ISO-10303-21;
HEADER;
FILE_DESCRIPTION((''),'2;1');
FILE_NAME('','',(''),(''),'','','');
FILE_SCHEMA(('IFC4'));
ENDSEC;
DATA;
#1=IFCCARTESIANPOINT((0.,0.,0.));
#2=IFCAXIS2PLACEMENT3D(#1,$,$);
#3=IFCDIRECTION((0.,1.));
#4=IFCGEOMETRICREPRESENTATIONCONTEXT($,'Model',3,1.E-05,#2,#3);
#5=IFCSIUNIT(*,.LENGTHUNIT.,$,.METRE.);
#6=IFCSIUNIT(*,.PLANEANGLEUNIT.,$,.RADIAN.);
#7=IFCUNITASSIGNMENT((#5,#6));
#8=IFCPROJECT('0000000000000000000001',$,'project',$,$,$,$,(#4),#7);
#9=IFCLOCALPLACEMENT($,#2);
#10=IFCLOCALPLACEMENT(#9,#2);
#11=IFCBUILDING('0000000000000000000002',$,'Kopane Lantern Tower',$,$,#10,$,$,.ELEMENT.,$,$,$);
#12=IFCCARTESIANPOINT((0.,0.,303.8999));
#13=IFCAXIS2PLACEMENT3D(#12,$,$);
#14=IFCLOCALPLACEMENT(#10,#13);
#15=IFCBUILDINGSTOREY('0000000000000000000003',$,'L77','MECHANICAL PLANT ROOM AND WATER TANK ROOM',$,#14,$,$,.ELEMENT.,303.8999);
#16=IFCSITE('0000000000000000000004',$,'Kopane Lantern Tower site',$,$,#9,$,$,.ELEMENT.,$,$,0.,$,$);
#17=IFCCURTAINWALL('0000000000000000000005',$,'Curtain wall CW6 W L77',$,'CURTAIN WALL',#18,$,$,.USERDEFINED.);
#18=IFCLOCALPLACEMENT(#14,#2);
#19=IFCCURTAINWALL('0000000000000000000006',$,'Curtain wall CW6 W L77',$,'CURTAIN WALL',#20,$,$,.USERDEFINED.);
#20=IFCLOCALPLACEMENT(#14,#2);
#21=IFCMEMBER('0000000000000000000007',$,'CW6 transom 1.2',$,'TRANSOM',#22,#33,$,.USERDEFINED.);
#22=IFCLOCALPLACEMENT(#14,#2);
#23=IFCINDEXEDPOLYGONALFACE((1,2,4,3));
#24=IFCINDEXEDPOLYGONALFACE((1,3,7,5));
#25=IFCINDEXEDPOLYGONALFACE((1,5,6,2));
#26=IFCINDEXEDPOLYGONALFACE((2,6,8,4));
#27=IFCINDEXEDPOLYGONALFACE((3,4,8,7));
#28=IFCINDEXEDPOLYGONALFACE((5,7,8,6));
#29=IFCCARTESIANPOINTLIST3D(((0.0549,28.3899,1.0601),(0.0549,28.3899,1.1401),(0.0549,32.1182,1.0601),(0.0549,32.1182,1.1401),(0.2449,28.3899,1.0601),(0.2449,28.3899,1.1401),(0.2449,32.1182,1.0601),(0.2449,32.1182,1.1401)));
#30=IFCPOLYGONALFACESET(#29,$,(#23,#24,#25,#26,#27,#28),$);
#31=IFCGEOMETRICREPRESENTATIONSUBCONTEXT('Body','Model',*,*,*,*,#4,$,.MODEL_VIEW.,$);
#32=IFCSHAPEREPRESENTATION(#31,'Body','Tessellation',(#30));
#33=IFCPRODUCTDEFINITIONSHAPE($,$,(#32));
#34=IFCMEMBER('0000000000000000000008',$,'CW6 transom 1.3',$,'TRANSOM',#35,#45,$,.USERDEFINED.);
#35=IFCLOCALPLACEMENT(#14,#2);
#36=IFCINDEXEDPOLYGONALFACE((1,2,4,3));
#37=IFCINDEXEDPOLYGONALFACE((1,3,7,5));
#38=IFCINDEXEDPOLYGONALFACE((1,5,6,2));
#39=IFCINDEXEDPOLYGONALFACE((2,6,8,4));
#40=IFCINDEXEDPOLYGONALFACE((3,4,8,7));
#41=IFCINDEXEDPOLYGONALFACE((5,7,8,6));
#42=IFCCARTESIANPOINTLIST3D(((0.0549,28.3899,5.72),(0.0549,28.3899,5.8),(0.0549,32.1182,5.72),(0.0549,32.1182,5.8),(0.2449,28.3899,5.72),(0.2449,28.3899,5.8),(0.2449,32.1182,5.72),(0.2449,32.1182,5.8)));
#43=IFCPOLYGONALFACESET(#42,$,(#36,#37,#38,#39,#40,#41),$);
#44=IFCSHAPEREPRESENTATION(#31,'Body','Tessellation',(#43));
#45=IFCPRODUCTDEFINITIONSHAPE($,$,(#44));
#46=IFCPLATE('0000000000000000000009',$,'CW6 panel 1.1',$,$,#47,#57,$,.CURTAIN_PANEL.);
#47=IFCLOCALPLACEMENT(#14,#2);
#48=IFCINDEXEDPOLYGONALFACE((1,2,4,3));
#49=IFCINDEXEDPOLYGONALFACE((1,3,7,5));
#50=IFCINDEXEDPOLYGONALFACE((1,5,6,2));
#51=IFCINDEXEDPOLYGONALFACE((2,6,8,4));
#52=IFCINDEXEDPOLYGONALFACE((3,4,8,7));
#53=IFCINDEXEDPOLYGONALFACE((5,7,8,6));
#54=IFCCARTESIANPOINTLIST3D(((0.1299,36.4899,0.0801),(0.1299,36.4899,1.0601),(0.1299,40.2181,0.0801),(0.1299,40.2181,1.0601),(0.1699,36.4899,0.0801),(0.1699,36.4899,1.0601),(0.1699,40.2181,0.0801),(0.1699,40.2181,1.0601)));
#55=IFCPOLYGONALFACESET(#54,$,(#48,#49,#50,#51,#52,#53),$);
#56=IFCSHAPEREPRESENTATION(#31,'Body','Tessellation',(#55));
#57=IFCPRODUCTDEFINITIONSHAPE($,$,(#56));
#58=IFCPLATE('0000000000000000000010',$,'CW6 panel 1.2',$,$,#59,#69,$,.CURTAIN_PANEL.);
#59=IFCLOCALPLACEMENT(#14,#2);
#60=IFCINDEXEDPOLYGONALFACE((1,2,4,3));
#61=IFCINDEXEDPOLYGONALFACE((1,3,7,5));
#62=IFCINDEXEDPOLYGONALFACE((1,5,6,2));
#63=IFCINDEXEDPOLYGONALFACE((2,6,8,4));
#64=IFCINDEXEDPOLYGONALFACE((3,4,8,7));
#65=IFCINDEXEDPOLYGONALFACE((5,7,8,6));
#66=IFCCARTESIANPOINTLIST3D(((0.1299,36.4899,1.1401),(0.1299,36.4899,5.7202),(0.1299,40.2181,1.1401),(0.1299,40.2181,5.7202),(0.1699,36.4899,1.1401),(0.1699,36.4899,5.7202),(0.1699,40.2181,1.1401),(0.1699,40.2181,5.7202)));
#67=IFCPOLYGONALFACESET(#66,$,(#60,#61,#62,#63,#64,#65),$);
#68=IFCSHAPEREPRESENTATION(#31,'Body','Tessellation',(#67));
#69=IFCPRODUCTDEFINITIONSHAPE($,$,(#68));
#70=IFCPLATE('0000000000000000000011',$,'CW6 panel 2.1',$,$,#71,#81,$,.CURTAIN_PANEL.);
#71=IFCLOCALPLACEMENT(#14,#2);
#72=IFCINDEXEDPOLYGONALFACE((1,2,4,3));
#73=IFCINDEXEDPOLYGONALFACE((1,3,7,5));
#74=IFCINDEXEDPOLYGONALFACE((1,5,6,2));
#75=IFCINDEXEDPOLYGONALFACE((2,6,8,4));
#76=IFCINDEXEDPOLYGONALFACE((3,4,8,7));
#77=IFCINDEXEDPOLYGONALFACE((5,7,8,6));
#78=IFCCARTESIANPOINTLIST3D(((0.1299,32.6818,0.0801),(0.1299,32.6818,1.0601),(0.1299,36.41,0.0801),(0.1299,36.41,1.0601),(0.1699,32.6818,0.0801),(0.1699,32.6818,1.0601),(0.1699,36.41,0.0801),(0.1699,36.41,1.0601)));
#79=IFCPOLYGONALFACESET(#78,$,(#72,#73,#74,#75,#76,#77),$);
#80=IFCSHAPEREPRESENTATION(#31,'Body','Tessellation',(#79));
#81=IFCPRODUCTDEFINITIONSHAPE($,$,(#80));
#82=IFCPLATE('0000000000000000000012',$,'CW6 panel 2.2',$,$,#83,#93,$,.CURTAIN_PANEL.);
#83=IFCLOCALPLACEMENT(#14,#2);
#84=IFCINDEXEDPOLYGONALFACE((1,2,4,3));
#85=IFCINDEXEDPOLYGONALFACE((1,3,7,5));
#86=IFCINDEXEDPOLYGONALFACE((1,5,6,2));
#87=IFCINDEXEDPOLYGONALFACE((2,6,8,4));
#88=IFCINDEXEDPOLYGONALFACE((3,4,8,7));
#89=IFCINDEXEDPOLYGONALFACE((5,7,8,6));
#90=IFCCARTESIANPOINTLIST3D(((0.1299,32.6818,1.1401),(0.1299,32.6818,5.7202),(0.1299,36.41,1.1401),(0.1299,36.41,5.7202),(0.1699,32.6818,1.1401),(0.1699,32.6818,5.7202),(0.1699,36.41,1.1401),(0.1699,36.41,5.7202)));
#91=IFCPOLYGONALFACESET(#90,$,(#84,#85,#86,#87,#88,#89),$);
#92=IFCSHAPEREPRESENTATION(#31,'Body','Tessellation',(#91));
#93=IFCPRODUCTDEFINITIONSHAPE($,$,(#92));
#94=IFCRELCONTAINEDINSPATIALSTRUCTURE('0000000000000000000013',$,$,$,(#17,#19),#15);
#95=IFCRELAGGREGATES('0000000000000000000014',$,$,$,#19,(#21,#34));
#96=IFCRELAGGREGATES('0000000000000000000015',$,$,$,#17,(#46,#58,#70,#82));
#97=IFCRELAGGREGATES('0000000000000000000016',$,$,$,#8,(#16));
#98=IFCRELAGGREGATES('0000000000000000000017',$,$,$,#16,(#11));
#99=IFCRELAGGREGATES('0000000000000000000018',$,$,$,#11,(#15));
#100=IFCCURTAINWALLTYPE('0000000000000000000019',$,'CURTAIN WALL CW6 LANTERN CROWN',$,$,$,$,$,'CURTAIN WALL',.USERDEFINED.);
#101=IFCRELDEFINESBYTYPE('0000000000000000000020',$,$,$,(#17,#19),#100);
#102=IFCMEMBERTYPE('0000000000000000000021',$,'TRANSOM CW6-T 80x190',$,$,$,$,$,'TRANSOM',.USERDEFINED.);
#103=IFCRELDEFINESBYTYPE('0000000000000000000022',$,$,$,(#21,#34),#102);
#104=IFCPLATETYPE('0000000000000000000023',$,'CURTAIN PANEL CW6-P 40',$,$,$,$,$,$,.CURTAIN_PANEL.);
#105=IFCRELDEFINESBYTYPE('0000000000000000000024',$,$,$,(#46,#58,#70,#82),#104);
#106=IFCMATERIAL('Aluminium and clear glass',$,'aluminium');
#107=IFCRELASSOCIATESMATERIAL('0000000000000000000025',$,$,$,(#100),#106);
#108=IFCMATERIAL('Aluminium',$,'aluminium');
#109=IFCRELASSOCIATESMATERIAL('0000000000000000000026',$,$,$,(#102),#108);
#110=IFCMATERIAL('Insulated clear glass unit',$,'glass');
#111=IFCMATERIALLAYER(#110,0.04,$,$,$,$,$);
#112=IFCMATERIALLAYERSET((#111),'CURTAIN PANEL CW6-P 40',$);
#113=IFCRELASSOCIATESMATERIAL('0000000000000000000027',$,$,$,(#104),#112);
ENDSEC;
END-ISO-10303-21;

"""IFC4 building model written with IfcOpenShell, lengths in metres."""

from ifc_helpers import new_model, si_unit, direction, frame, origin, origin_2d, place, context, subcontext, project, spatial, rectangle, extrude, material, layer, layer_set, material_profile, profile_set, type_object, element, aggregate, save


model = new_model("IFC4")

# Units and contexts
model_context = context("Model", 3, precision=1e-05, world=origin(), true_north=direction((0.0, 1.0)))
body_context = subcontext(model_context, "Body", "Model", "MODEL_VIEW")
ifc_project = project(units=[si_unit("LENGTHUNIT", "METRE"), si_unit("PLANEANGLEUNIT", "RADIAN")], contexts=[model_context])

# Site, building, storey
site_placement = place(None, origin())
site = spatial("IfcSite", under=ifc_project, at=site_placement, Name="Kopane Lantern Tower site", CompositionType="ELEMENT", RefElevation=0.0)
building_placement = place(site_placement, origin())
building = spatial("IfcBuilding", under=site, at=building_placement, Name="Kopane Lantern Tower", CompositionType="ELEMENT")
storey_placement = place(building_placement, frame((0.0, 0.0, 303.8999)))
storey = spatial("IfcBuildingStorey", under=building, at=storey_placement, Name="L77", Description="MECHANICAL PLANT ROOM AND WATER TANK ROOM", CompositionType="ELEMENT", Elevation=303.8999)

# Curtain wall
ifc_material_1 = material(Name="Aluminium and clear glass", Category="aluminium")
curtain_wall_type = type_object("IfcCurtainWallType", Name="CURTAIN WALL CW6 LANTERN CROWN", ElementType="CURTAIN WALL", PredefinedType="USERDEFINED", material=ifc_material_1)
curtain_wall_1_placement = place(storey_placement, origin())
curtain_wall_1 = element("IfcCurtainWall", 1, at=curtain_wall_1_placement, inside=storey, type_object=curtain_wall_type, Name="Curtain wall CW6 W L77", ObjectType="CURTAIN WALL", PredefinedType="USERDEFINED")

# Curtain wall
curtain_wall_2_placement = place(storey_placement, origin())
curtain_wall_2 = element("IfcCurtainWall", 2, at=curtain_wall_2_placement, inside=storey, type_object=curtain_wall_type, Name="Curtain wall CW6 W L77", ObjectType="CURTAIN WALL", PredefinedType="USERDEFINED")

# Members
ifc_material_2 = material(Name="Aluminium", Category="aluminium")
ifc_material_profile_1 = material_profile(ifc_material_2, rectangle(XDim=0.1899, YDim=0.0801, at=origin_2d()), Name="AL 190x80")
ifc_profile_set_1 = profile_set([ifc_material_profile_1], Name="Aluminium")
member_type_1 = type_object("IfcMemberType", Name="TRANSOM CW6-T 80x190", ElementType="TRANSOM", PredefinedType="USERDEFINED", material=ifc_profile_set_1)
member_1_placement = place(storey_placement, frame((0.1499, 32.1182, 1.1001), z_axis=(0.0, -1.0, 0.0), x_axis=(1.0, 0.0, 0.0)))
member_1 = element("IfcMember", 3, at=member_1_placement, type_object=member_type_1, Name="CW6 transom 1.2", ObjectType="TRANSOM", PredefinedType="USERDEFINED", context=body_context, shape_type="SweptSolid", body=[
    extrude(rectangle(XDim=0.1899, YDim=0.0801, at=origin_2d()), origin(), (0.0, 0.0, 1.0), 3.7283),
])
member_2_placement = place(storey_placement, frame((0.1499, 32.1182, 5.76), z_axis=(0.0, -1.0, 0.0), x_axis=(1.0, 0.0, 0.0)))
member_2 = element("IfcMember", 4, at=member_2_placement, type_object=member_type_1, Name="CW6 transom 1.3", ObjectType="TRANSOM", PredefinedType="USERDEFINED", context=body_context, shape_type="SweptSolid", body=[
    extrude(rectangle(XDim=0.1899, YDim=0.0801, at=origin_2d()), origin(), (0.0, 0.0, 1.0), 3.7283),
])
aggregate(curtain_wall_2, [member_1, member_2])

# Plates
ifc_material_3 = material(Name="Insulated clear glass unit", Category="glass")
ifc_layer = layer(ifc_material_3, 0.04)
ifc_layer_set = layer_set([ifc_layer], Name="CURTAIN PANEL CW6-P 40")
plate_type = type_object("IfcPlateType", Name="CURTAIN PANEL CW6-P 40", PredefinedType="CURTAIN_PANEL", material=ifc_layer_set)
plate_1_placement = place(storey_placement, frame((0.1499, 38.354, 0.0801), z_axis=(0.0, 0.0, 1.0), x_axis=(0.0, -1.0, 0.0)))
plate_1 = element("IfcPlate", 5, at=plate_1_placement, type_object=plate_type, Name="CW6 panel 1.1", PredefinedType="CURTAIN_PANEL", context=body_context, shape_type="SweptSolid", body=[
    extrude(rectangle(XDim=3.7283, YDim=0.04, at=origin_2d()), origin(), (0.0, 0.0, 1.0), 0.98),
])
plate_2_placement = place(storey_placement, frame((0.1499, 38.354, 1.1401), z_axis=(0.0, 0.0, 1.0), x_axis=(0.0, -1.0, 0.0)))
plate_2 = element("IfcPlate", 6, at=plate_2_placement, type_object=plate_type, Name="CW6 panel 1.2", PredefinedType="CURTAIN_PANEL", context=body_context, shape_type="SweptSolid", body=[
    extrude(rectangle(XDim=3.7283, YDim=0.04, at=origin_2d()), origin(), (0.0, 0.0, 1.0), 4.5801),
])
plate_3_placement = place(storey_placement, frame((0.1499, 34.5459, 0.0801), z_axis=(0.0, 0.0, 1.0), x_axis=(0.0, -1.0, 0.0)))
plate_3 = element("IfcPlate", 7, at=plate_3_placement, type_object=plate_type, Name="CW6 panel 2.1", PredefinedType="CURTAIN_PANEL", context=body_context, shape_type="SweptSolid", body=[
    extrude(rectangle(XDim=3.7283, YDim=0.04, at=origin_2d()), origin(), (0.0, 0.0, 1.0), 0.98),
])
plate_4_placement = place(storey_placement, frame((0.1499, 34.5459, 1.1401), z_axis=(0.0, 0.0, 1.0), x_axis=(0.0, -1.0, 0.0)))
plate_4 = element("IfcPlate", 8, at=plate_4_placement, type_object=plate_type, Name="CW6 panel 2.2", PredefinedType="CURTAIN_PANEL", context=body_context, shape_type="SweptSolid", body=[
    extrude(rectangle(XDim=3.7283, YDim=0.04, at=origin_2d()), origin(), (0.0, 0.0, 1.0), 4.5801),
])
aggregate(curtain_wall_1, [plate_1, plate_2, plate_3, plate_4])

save(model, "model.ifc")
